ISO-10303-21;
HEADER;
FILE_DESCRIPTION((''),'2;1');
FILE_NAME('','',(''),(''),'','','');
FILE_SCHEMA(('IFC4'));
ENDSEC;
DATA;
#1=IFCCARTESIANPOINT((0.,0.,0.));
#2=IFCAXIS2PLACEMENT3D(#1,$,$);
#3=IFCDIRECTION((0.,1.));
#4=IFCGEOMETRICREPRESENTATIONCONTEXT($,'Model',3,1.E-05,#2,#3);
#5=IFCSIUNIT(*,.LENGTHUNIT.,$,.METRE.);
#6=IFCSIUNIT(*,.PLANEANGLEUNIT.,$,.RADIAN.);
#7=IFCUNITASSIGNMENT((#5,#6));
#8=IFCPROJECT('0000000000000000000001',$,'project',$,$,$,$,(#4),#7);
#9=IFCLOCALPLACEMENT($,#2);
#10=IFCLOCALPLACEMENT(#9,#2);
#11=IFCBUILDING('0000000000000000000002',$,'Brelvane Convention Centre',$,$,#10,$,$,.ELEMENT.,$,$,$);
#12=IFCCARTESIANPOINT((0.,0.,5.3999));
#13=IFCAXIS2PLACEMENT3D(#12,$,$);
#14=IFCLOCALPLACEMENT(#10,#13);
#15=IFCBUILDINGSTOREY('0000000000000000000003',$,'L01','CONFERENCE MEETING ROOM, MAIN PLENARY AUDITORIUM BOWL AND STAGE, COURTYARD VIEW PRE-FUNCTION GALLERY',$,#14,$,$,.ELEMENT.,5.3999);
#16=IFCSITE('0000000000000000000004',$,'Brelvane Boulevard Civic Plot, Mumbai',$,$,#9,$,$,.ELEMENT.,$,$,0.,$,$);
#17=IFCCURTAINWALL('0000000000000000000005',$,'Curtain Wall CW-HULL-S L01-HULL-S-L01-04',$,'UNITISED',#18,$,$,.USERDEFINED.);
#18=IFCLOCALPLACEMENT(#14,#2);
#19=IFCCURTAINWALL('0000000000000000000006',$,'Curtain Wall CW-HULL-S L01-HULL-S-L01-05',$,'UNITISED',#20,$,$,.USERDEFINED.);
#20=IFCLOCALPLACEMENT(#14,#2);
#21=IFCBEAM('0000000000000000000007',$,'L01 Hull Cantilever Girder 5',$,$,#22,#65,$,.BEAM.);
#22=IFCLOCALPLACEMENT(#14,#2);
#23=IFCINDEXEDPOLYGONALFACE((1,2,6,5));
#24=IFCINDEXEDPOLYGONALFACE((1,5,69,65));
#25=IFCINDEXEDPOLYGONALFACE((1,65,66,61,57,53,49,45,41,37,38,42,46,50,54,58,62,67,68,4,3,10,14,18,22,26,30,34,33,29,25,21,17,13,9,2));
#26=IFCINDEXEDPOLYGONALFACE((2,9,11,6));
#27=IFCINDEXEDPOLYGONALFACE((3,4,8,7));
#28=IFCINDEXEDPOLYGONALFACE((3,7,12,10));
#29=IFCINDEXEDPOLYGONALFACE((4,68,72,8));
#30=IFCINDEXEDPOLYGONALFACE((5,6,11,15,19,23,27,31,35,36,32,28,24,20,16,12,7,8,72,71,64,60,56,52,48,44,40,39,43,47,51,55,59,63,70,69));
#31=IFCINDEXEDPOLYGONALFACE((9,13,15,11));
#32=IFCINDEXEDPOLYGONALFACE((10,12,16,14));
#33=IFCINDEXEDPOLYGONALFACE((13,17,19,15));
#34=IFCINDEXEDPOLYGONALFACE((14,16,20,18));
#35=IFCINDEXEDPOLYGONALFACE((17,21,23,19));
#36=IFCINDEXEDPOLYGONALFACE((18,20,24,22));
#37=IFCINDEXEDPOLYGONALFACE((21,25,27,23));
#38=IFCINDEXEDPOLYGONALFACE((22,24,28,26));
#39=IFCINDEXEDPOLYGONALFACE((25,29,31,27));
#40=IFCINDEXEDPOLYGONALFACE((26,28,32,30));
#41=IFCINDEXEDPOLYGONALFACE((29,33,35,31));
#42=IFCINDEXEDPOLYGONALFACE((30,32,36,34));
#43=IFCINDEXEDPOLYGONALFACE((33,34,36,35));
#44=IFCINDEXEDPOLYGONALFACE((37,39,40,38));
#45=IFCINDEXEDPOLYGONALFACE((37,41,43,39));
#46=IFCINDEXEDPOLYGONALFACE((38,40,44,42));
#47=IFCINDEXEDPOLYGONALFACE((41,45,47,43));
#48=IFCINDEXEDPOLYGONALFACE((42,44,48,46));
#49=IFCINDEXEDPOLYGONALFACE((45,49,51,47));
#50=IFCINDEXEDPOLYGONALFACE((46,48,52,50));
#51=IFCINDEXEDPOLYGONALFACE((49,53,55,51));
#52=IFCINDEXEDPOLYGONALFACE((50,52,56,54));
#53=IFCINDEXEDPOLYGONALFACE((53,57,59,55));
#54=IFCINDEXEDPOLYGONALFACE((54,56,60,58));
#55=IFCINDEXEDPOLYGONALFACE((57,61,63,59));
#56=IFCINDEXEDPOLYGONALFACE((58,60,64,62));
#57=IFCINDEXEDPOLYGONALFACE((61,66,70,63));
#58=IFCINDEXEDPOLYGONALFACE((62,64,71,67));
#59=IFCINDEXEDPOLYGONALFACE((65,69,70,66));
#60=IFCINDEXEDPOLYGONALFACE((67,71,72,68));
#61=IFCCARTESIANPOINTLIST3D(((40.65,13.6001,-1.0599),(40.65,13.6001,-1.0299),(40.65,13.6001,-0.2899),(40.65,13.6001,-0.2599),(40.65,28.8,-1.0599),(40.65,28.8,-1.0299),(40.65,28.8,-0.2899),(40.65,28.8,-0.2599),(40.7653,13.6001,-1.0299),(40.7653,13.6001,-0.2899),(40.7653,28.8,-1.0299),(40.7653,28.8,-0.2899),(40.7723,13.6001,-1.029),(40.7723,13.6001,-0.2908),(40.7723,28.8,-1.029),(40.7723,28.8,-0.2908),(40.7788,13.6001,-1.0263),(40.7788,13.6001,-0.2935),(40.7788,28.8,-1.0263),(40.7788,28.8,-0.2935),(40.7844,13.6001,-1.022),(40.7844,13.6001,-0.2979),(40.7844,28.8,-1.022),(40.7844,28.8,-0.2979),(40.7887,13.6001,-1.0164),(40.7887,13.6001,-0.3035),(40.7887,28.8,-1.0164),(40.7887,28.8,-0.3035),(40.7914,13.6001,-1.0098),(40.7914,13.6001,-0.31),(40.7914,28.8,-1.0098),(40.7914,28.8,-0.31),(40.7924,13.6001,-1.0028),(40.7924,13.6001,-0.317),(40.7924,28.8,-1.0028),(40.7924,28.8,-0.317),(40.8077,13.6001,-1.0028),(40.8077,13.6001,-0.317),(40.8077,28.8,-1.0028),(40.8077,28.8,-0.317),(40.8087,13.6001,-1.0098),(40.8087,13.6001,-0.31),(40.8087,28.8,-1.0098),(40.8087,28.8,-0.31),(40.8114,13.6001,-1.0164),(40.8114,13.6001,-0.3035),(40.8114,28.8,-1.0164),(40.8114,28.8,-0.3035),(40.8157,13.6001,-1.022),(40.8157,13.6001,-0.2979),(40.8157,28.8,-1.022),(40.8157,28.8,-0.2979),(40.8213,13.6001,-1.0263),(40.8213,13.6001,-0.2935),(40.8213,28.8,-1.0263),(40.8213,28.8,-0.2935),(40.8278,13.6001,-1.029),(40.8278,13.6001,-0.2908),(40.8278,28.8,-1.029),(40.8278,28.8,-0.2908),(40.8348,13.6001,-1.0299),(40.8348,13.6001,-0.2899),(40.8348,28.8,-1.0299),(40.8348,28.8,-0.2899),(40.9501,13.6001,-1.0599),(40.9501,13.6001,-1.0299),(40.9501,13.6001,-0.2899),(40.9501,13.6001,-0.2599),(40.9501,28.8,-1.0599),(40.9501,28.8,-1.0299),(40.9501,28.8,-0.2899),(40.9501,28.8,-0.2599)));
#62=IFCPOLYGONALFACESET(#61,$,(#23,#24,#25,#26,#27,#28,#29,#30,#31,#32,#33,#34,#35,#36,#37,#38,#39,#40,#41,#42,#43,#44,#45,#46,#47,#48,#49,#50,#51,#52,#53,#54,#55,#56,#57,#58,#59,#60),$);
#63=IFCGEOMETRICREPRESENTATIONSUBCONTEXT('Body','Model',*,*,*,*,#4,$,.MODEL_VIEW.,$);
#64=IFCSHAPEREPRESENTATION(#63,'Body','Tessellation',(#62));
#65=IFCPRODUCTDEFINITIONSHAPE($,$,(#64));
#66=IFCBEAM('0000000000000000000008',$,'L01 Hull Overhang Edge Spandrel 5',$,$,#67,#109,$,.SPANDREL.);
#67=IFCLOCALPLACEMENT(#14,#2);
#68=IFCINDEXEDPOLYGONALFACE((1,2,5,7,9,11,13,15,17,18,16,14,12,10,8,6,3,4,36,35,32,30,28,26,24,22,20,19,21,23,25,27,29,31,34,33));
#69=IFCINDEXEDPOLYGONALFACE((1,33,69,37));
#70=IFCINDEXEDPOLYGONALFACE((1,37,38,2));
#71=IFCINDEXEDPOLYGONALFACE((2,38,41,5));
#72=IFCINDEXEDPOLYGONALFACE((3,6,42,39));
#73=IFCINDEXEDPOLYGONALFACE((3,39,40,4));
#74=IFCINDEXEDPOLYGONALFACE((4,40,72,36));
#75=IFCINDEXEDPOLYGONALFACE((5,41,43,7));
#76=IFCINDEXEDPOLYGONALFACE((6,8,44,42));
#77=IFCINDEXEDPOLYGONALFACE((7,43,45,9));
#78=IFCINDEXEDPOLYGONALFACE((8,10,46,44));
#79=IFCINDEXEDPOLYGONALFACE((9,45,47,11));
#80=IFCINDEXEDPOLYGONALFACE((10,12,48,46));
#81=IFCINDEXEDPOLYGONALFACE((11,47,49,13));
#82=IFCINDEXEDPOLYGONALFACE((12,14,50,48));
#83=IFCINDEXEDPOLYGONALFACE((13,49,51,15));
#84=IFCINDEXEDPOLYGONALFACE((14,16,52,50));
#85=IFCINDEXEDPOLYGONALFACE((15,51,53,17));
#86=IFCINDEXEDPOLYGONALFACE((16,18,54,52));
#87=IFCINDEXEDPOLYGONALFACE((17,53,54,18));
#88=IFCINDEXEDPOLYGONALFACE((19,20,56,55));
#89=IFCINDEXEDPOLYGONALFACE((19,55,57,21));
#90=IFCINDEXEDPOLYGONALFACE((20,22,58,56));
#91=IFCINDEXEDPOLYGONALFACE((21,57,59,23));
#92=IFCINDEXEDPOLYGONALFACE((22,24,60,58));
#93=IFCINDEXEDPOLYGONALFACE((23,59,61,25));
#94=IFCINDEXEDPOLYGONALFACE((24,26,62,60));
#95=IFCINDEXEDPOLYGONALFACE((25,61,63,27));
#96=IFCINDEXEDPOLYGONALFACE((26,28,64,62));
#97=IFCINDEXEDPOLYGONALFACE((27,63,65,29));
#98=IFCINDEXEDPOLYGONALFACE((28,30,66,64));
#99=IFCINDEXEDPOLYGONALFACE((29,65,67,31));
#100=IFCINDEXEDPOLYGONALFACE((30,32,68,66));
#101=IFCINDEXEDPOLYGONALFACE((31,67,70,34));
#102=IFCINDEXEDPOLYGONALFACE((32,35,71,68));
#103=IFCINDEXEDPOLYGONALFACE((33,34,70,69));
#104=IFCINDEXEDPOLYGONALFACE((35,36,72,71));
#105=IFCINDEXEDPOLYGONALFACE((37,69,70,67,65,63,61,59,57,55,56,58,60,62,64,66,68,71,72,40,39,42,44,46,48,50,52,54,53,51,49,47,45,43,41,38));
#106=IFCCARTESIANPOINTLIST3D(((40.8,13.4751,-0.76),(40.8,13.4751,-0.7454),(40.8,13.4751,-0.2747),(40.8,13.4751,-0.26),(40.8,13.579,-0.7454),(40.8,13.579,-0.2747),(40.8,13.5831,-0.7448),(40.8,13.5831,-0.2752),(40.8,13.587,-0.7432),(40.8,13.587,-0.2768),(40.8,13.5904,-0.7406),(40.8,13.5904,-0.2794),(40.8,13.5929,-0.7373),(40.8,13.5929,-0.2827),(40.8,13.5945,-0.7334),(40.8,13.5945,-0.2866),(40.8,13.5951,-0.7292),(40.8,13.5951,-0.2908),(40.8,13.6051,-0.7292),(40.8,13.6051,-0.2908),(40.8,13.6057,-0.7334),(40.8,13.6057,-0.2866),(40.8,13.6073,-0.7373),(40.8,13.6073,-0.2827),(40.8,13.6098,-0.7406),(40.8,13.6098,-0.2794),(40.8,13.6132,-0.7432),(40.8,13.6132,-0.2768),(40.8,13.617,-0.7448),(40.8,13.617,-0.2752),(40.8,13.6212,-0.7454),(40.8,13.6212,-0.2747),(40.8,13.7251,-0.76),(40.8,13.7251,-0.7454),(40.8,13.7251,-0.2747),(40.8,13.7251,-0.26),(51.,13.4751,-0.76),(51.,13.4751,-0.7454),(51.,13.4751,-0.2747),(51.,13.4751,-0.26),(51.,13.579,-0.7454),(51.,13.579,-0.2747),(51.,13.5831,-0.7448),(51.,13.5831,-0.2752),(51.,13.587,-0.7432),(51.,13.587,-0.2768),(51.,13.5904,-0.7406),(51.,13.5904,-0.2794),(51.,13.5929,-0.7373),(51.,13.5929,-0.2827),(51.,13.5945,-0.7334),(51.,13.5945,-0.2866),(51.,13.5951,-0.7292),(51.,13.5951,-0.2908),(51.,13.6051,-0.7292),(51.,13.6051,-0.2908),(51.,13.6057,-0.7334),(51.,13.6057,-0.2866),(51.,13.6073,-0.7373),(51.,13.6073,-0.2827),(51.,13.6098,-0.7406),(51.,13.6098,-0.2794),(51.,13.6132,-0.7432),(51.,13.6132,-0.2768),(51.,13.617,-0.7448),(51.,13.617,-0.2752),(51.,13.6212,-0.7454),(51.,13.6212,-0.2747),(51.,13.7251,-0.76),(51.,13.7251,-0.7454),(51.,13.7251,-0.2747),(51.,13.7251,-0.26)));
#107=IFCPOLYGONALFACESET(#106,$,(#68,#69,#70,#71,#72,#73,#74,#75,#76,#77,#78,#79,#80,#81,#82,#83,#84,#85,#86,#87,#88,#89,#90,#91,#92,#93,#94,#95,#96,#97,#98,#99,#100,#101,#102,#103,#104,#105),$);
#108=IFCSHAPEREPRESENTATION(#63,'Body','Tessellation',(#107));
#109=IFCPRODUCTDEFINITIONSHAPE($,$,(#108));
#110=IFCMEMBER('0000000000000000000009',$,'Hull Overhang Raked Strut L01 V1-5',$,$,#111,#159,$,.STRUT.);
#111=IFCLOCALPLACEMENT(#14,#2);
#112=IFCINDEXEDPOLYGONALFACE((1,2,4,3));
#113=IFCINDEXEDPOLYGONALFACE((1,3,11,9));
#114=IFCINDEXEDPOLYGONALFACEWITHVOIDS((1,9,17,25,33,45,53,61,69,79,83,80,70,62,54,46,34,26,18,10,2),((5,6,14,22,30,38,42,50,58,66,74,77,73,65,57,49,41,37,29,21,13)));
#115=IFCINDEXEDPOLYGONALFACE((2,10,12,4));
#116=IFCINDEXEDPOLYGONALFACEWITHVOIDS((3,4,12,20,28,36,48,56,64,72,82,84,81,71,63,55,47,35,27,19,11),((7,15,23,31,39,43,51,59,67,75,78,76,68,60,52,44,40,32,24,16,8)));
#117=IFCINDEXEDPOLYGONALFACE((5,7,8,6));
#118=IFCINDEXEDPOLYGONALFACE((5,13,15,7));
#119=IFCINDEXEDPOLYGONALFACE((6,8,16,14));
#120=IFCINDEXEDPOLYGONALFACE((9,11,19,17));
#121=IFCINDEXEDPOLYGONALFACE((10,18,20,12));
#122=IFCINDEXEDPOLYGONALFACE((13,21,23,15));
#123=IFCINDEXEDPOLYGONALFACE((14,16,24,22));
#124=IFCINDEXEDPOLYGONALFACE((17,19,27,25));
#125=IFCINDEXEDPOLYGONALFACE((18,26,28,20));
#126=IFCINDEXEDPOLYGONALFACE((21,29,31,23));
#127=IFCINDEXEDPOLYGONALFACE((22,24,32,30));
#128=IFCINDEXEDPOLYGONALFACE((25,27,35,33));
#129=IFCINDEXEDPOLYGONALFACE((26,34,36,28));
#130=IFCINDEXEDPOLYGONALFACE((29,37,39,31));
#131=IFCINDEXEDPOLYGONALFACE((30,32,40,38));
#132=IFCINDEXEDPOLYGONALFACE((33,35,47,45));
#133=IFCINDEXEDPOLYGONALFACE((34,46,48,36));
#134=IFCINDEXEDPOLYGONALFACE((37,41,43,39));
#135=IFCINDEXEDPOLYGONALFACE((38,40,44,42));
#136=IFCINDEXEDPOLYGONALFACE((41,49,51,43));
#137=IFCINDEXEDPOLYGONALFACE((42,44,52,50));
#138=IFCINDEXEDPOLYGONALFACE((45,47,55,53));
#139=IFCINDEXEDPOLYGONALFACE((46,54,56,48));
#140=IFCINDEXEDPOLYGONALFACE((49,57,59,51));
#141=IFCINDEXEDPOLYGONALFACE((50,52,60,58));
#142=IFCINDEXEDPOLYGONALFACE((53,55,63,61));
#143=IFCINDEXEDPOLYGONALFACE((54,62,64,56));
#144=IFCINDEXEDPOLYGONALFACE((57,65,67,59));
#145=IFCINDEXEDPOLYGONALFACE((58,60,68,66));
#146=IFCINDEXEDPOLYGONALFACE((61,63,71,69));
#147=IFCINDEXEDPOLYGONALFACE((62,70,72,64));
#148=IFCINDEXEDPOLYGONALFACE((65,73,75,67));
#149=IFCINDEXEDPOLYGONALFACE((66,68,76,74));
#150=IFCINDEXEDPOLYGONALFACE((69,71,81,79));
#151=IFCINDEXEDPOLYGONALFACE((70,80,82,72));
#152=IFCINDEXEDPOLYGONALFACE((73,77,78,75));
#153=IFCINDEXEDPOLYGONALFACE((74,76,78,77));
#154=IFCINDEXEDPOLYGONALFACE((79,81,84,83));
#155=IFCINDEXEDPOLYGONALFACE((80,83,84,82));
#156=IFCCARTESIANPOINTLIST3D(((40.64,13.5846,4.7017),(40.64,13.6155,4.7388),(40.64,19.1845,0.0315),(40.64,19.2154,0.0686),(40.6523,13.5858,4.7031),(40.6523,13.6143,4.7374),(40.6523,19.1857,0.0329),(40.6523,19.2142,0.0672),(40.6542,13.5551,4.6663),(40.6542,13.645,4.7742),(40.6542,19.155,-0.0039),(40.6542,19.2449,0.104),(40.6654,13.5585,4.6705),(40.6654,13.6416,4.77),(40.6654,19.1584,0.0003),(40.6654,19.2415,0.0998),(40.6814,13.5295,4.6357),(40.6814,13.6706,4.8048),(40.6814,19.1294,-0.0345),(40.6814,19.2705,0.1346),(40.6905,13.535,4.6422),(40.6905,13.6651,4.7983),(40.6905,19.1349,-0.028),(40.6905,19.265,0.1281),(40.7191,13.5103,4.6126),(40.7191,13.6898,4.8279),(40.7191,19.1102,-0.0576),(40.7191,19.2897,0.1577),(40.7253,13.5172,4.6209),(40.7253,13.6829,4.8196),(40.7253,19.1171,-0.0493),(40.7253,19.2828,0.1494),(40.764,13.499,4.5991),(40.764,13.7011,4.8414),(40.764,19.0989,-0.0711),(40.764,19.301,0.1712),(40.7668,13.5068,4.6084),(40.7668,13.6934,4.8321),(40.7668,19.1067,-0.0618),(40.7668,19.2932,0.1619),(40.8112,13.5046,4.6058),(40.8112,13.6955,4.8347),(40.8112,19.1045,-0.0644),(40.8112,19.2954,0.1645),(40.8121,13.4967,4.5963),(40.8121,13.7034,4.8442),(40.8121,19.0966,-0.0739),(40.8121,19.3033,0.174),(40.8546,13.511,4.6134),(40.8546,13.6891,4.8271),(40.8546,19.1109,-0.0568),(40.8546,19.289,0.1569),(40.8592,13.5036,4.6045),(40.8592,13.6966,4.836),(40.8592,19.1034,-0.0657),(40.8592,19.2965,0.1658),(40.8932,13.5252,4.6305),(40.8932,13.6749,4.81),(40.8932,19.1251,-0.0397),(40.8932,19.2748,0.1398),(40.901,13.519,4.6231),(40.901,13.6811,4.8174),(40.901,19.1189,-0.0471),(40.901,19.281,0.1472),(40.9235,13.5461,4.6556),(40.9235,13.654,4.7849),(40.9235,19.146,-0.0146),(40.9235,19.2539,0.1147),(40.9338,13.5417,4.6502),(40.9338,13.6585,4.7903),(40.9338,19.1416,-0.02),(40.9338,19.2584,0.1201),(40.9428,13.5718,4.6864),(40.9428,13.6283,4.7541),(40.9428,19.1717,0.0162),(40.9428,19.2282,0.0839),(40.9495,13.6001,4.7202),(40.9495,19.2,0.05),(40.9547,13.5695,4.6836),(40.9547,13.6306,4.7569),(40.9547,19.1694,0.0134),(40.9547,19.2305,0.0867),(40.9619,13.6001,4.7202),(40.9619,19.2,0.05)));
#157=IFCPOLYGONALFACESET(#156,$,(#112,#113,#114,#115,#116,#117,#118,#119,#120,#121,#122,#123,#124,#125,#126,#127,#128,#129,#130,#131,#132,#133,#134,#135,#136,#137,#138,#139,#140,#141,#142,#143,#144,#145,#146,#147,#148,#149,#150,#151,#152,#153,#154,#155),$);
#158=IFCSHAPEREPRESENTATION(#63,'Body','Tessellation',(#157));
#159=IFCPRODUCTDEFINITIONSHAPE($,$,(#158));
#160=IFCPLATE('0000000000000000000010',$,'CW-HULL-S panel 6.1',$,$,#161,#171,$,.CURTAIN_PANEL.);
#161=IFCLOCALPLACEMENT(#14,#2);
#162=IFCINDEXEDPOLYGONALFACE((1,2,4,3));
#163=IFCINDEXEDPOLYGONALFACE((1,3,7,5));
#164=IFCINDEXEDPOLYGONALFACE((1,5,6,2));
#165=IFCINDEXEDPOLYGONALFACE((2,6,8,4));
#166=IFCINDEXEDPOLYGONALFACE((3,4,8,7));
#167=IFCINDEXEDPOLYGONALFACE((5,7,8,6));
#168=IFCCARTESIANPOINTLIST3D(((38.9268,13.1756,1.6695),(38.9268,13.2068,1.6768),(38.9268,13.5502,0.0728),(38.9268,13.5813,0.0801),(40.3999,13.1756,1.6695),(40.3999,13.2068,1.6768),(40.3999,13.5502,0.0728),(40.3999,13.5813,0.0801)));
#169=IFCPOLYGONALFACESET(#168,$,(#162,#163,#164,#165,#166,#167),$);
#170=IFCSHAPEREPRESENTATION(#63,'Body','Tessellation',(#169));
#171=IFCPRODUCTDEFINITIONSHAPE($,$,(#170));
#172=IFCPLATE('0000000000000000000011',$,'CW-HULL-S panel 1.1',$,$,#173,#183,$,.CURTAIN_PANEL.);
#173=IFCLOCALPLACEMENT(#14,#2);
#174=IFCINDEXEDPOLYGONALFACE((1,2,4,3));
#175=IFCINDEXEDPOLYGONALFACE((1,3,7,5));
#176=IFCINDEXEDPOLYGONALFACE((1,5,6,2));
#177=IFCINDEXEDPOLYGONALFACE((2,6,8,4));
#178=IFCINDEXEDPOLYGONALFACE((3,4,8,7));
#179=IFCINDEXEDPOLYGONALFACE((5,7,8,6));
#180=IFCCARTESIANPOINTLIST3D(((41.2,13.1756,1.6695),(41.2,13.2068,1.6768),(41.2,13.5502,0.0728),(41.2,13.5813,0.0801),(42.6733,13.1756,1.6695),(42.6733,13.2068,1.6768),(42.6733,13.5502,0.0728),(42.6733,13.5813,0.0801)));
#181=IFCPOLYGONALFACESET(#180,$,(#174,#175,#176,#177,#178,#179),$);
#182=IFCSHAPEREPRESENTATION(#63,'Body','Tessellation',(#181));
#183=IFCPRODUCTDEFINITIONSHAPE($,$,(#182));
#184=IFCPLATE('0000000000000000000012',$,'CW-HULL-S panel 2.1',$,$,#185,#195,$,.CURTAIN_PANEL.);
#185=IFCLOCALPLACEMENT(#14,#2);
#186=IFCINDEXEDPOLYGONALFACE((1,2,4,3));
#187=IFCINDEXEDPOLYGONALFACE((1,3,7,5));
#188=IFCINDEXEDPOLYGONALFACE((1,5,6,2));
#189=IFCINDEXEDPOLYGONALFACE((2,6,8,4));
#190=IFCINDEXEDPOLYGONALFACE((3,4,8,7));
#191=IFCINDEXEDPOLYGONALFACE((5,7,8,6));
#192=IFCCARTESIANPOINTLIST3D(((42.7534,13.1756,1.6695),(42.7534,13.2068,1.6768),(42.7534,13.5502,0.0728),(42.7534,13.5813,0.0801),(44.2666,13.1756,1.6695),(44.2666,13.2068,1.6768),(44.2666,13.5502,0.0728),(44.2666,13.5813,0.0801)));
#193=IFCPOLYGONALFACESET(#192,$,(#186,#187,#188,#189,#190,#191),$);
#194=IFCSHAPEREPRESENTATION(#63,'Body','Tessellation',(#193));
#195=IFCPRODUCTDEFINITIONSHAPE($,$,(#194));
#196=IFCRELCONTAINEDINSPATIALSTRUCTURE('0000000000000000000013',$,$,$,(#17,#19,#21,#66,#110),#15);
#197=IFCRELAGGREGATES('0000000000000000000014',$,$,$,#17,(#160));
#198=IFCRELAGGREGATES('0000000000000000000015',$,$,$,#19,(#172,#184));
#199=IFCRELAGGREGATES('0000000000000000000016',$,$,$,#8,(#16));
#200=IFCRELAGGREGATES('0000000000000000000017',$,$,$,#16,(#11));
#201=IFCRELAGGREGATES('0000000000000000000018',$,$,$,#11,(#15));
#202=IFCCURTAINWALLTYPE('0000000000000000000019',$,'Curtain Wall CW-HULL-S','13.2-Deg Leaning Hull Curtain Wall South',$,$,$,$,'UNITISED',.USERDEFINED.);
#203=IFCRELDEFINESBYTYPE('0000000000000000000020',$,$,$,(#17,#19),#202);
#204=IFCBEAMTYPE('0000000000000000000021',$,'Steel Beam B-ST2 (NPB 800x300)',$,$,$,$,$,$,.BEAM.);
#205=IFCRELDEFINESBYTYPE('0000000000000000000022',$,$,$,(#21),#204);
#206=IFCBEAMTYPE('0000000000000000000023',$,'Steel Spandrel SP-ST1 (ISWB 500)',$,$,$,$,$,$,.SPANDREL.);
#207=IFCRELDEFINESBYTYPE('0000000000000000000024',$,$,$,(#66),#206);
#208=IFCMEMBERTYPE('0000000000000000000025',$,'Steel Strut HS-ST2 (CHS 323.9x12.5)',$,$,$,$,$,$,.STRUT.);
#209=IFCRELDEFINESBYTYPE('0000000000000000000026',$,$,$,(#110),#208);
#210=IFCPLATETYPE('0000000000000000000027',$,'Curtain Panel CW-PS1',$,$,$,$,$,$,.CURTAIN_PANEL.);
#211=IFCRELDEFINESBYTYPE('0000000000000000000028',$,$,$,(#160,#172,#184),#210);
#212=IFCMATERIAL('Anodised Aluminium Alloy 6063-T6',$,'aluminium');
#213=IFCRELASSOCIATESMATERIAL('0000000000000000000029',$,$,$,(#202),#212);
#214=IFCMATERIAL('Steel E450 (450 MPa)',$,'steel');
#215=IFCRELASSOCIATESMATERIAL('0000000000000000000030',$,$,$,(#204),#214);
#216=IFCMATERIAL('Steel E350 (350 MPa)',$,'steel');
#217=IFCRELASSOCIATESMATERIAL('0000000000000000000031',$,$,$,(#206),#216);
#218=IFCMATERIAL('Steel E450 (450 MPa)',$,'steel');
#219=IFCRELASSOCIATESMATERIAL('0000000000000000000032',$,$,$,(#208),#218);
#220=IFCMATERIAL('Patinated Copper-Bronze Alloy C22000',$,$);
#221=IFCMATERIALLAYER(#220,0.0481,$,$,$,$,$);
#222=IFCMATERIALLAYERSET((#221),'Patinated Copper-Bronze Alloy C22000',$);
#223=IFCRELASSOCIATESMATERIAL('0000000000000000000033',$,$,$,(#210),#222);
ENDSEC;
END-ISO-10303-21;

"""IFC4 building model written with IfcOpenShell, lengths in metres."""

from ifc_helpers import new_model, si_unit, direction, frame, origin, origin_2d, place, context, subcontext, project, spatial, polyline, hollow_circle, i_section, outline, extrude, material, layer, layer_set, material_profile, profile_set, type_object, element, aggregate, save


model = new_model("IFC4")

# Units and contexts
model_context = context("Model", 3, precision=1e-05, world=origin(), true_north=direction((0.0, 1.0)))
body_context = subcontext(model_context, "Body", "Model", "MODEL_VIEW")
ifc_project = project(units=[si_unit("LENGTHUNIT", "METRE"), si_unit("PLANEANGLEUNIT", "RADIAN")], contexts=[model_context])

# Site, building, storey
site_placement = place(None, origin())
site = spatial("IfcSite", under=ifc_project, at=site_placement, Name="Brelvane Boulevard Civic Plot, Mumbai", CompositionType="ELEMENT", RefElevation=0.0)
building_placement = place(site_placement, origin())
building = spatial("IfcBuilding", under=site, at=building_placement, Name="Brelvane Convention Centre", CompositionType="ELEMENT")
storey_placement = place(building_placement, frame((0.0, 0.0, 5.3999)))
storey = spatial("IfcBuildingStorey", under=building, at=storey_placement, Name="L01", Description="CONFERENCE MEETING ROOM, MAIN PLENARY AUDITORIUM BOWL AND STAGE, COURTYARD VIEW PRE-FUNCTION GALLERY", CompositionType="ELEMENT", Elevation=5.3999)

# Curtain walls
ifc_material_1 = material(Name="Anodised Aluminium Alloy 6063-T6", Category="aluminium")
curtain_wall_type = type_object("IfcCurtainWallType", Name="Curtain Wall CW-HULL-S", Description="13.2-Deg Leaning Hull Curtain Wall South", ElementType="UNITISED", PredefinedType="USERDEFINED", material=ifc_material_1)
curtain_wall_1_placement = place(storey_placement, origin())
curtain_wall_1 = element("IfcCurtainWall", 1, at=curtain_wall_1_placement, inside=storey, type_object=curtain_wall_type, Name="Curtain Wall CW-HULL-S L01-HULL-S-L01-04", ObjectType="UNITISED", PredefinedType="USERDEFINED")
curtain_wall_2_placement = place(storey_placement, origin())
curtain_wall_2 = element("IfcCurtainWall", 2, at=curtain_wall_2_placement, inside=storey, type_object=curtain_wall_type, Name="Curtain Wall CW-HULL-S L01-HULL-S-L01-05", ObjectType="UNITISED", PredefinedType="USERDEFINED")

# Beams
ifc_material_2 = material(Name="Steel E450 (450 MPa)", Category="steel")
ifc_material_profile_1 = material_profile(ifc_material_2, i_section(OverallWidth=0.3, OverallDepth=0.8, WebThickness=0.0154, FlangeThickness=0.03, FilletRadius=0.0271, at=origin_2d()), Name="NPB 800x300")
ifc_profile_set_1 = profile_set([ifc_material_profile_1], Name="Steel E450 (450 MPa)")
beam_type_1 = type_object("IfcBeamType", Name="Steel Beam B-ST2 (NPB 800x300)", PredefinedType="BEAM", material=ifc_profile_set_1)
beam_1_placement = place(storey_placement, frame((40.8, 13.6001, -0.6599), z_axis=(0.0, 1.0, 0.0), x_axis=(-1.0, 0.0, 0.0)))
element("IfcBeam", 3, at=beam_1_placement, inside=storey, type_object=beam_type_1, Name="L01 Hull Cantilever Girder 5", PredefinedType="BEAM", context=body_context, shape_type="SweptSolid", body=[
    extrude(i_section(OverallWidth=0.3, OverallDepth=0.8, WebThickness=0.0154, FlangeThickness=0.03, FilletRadius=0.0271, at=origin_2d()), origin(), (0.0, 0.0, 1.0), 15.2),
])
ifc_material_3 = material(Name="Steel E350 (350 MPa)", Category="steel")
ifc_material_profile_2 = material_profile(ifc_material_3, i_section(OverallWidth=0.25, OverallDepth=0.5, WebThickness=0.01, FlangeThickness=0.0146, FilletRadius=0.0161, at=origin_2d()), Name="ISWB 500")
ifc_profile_set_2 = profile_set([ifc_material_profile_2], Name="Steel E350 (350 MPa)")
beam_type_2 = type_object("IfcBeamType", Name="Steel Spandrel SP-ST1 (ISWB 500)", PredefinedType="SPANDREL", material=ifc_profile_set_2)
beam_2_placement = place(storey_placement, frame((40.8, 13.6001, -0.51), z_axis=(1.0, 0.0, 0.0), x_axis=(0.0, 1.0, 0.0)))
element("IfcBeam", 4, at=beam_2_placement, inside=storey, type_object=beam_type_2, Name="L01 Hull Overhang Edge Spandrel 5", PredefinedType="SPANDREL", context=body_context, shape_type="SweptSolid", body=[
    extrude(i_section(OverallWidth=0.25, OverallDepth=0.5, WebThickness=0.01, FlangeThickness=0.0146, FilletRadius=0.0161, at=origin_2d()), origin(), (0.0, 0.0, 1.0), 10.2),
])

# Member
ifc_material_4 = material(Name="Steel E450 (450 MPa)", Category="steel")
ifc_material_profile_3 = material_profile(ifc_material_4, hollow_circle(Radius=0.1619, WallThickness=0.0125, at=origin_2d()), Name="CHS 323.9x12.5")
ifc_profile_set_3 = profile_set([ifc_material_profile_3], Name="Steel E450 (450 MPa)")
member_type_1 = type_object("IfcMemberType", Name="Steel Strut HS-ST2 (CHS 323.9x12.5)", PredefinedType="STRUT", material=ifc_profile_set_3)
member_1_placement = place(storey_placement, frame((40.8, 19.2, 0.05), z_axis=(0.0, -0.767977, 0.640477), x_axis=(1.0, 0.0, 0.0)))
element("IfcMember", 5, at=member_1_placement, inside=storey, type_object=member_type_1, Name="Hull Overhang Raked Strut L01 V1-5", PredefinedType="STRUT", context=body_context, shape_type="SweptSolid", body=[
    extrude(hollow_circle(Radius=0.1619, WallThickness=0.0125, at=origin_2d()), origin(), (0.0, 0.0, 1.0), 7.2917),
])

# Plates
ifc_material_5 = material(Name="Patinated Copper-Bronze Alloy C22000")
ifc_layer_1 = layer(ifc_material_5, 0.0481)
ifc_layer_set_1 = layer_set([ifc_layer_1], Name="Patinated Copper-Bronze Alloy C22000")
plate_type_1 = type_object("IfcPlateType", Name="Curtain Panel CW-PS1", PredefinedType="CURTAIN_PANEL", material=ifc_layer_set_1)
plate_1_placement = place(storey_placement, frame((38.9268, 13.5813, 0.0801), z_axis=(0.0, 0.973577, 0.228359), x_axis=(1.0, 0.0, 0.0)))
plate_1 = element("IfcPlate", 6, at=plate_1_placement, type_object=plate_type_1, Name="CW-HULL-S panel 6.1", PredefinedType="CURTAIN_PANEL", context=body_context, shape_type="SweptSolid", body=[
    extrude(outline(polyline([(0.0, 0.0), (1.4731, 0.0), (1.4731, -1.64), (0.0, -1.64), (0.0, 0.0)])), origin(), (0.0, 0.0, -1.0), 0.032),
])
aggregate(curtain_wall_1, [plate_1])
plate_2_placement = place(storey_placement, frame((41.2, 13.5813, 0.0801), z_axis=(0.0, 0.973577, 0.228359), x_axis=(1.0, 0.0, 0.0)))
plate_2 = element("IfcPlate", 7, at=plate_2_placement, type_object=plate_type_1, Name="CW-HULL-S panel 1.1", PredefinedType="CURTAIN_PANEL", context=body_context, shape_type="SweptSolid", body=[
    extrude(outline(polyline([(0.0, 0.0), (1.4734, 0.0), (1.4734, -1.64), (0.0, -1.64), (0.0, 0.0)])), origin(), (0.0, 0.0, -1.0), 0.032),
])
plate_3_placement = place(storey_placement, frame((42.7534, 13.5813, 0.0801), z_axis=(0.0, 0.973577, 0.228359), x_axis=(1.0, 0.0, 0.0)))
plate_3 = element("IfcPlate", 8, at=plate_3_placement, type_object=plate_type_1, Name="CW-HULL-S panel 2.1", PredefinedType="CURTAIN_PANEL", context=body_context, shape_type="SweptSolid", body=[
    extrude(outline(polyline([(0.0, 0.0), (1.5132, 0.0), (1.5132, -1.64), (0.0, -1.64), (0.0, 0.0)])), origin(), (0.0, 0.0, -1.0), 0.032),
])
aggregate(curtain_wall_2, [plate_2, plate_3])

save(model, "model.ifc")
